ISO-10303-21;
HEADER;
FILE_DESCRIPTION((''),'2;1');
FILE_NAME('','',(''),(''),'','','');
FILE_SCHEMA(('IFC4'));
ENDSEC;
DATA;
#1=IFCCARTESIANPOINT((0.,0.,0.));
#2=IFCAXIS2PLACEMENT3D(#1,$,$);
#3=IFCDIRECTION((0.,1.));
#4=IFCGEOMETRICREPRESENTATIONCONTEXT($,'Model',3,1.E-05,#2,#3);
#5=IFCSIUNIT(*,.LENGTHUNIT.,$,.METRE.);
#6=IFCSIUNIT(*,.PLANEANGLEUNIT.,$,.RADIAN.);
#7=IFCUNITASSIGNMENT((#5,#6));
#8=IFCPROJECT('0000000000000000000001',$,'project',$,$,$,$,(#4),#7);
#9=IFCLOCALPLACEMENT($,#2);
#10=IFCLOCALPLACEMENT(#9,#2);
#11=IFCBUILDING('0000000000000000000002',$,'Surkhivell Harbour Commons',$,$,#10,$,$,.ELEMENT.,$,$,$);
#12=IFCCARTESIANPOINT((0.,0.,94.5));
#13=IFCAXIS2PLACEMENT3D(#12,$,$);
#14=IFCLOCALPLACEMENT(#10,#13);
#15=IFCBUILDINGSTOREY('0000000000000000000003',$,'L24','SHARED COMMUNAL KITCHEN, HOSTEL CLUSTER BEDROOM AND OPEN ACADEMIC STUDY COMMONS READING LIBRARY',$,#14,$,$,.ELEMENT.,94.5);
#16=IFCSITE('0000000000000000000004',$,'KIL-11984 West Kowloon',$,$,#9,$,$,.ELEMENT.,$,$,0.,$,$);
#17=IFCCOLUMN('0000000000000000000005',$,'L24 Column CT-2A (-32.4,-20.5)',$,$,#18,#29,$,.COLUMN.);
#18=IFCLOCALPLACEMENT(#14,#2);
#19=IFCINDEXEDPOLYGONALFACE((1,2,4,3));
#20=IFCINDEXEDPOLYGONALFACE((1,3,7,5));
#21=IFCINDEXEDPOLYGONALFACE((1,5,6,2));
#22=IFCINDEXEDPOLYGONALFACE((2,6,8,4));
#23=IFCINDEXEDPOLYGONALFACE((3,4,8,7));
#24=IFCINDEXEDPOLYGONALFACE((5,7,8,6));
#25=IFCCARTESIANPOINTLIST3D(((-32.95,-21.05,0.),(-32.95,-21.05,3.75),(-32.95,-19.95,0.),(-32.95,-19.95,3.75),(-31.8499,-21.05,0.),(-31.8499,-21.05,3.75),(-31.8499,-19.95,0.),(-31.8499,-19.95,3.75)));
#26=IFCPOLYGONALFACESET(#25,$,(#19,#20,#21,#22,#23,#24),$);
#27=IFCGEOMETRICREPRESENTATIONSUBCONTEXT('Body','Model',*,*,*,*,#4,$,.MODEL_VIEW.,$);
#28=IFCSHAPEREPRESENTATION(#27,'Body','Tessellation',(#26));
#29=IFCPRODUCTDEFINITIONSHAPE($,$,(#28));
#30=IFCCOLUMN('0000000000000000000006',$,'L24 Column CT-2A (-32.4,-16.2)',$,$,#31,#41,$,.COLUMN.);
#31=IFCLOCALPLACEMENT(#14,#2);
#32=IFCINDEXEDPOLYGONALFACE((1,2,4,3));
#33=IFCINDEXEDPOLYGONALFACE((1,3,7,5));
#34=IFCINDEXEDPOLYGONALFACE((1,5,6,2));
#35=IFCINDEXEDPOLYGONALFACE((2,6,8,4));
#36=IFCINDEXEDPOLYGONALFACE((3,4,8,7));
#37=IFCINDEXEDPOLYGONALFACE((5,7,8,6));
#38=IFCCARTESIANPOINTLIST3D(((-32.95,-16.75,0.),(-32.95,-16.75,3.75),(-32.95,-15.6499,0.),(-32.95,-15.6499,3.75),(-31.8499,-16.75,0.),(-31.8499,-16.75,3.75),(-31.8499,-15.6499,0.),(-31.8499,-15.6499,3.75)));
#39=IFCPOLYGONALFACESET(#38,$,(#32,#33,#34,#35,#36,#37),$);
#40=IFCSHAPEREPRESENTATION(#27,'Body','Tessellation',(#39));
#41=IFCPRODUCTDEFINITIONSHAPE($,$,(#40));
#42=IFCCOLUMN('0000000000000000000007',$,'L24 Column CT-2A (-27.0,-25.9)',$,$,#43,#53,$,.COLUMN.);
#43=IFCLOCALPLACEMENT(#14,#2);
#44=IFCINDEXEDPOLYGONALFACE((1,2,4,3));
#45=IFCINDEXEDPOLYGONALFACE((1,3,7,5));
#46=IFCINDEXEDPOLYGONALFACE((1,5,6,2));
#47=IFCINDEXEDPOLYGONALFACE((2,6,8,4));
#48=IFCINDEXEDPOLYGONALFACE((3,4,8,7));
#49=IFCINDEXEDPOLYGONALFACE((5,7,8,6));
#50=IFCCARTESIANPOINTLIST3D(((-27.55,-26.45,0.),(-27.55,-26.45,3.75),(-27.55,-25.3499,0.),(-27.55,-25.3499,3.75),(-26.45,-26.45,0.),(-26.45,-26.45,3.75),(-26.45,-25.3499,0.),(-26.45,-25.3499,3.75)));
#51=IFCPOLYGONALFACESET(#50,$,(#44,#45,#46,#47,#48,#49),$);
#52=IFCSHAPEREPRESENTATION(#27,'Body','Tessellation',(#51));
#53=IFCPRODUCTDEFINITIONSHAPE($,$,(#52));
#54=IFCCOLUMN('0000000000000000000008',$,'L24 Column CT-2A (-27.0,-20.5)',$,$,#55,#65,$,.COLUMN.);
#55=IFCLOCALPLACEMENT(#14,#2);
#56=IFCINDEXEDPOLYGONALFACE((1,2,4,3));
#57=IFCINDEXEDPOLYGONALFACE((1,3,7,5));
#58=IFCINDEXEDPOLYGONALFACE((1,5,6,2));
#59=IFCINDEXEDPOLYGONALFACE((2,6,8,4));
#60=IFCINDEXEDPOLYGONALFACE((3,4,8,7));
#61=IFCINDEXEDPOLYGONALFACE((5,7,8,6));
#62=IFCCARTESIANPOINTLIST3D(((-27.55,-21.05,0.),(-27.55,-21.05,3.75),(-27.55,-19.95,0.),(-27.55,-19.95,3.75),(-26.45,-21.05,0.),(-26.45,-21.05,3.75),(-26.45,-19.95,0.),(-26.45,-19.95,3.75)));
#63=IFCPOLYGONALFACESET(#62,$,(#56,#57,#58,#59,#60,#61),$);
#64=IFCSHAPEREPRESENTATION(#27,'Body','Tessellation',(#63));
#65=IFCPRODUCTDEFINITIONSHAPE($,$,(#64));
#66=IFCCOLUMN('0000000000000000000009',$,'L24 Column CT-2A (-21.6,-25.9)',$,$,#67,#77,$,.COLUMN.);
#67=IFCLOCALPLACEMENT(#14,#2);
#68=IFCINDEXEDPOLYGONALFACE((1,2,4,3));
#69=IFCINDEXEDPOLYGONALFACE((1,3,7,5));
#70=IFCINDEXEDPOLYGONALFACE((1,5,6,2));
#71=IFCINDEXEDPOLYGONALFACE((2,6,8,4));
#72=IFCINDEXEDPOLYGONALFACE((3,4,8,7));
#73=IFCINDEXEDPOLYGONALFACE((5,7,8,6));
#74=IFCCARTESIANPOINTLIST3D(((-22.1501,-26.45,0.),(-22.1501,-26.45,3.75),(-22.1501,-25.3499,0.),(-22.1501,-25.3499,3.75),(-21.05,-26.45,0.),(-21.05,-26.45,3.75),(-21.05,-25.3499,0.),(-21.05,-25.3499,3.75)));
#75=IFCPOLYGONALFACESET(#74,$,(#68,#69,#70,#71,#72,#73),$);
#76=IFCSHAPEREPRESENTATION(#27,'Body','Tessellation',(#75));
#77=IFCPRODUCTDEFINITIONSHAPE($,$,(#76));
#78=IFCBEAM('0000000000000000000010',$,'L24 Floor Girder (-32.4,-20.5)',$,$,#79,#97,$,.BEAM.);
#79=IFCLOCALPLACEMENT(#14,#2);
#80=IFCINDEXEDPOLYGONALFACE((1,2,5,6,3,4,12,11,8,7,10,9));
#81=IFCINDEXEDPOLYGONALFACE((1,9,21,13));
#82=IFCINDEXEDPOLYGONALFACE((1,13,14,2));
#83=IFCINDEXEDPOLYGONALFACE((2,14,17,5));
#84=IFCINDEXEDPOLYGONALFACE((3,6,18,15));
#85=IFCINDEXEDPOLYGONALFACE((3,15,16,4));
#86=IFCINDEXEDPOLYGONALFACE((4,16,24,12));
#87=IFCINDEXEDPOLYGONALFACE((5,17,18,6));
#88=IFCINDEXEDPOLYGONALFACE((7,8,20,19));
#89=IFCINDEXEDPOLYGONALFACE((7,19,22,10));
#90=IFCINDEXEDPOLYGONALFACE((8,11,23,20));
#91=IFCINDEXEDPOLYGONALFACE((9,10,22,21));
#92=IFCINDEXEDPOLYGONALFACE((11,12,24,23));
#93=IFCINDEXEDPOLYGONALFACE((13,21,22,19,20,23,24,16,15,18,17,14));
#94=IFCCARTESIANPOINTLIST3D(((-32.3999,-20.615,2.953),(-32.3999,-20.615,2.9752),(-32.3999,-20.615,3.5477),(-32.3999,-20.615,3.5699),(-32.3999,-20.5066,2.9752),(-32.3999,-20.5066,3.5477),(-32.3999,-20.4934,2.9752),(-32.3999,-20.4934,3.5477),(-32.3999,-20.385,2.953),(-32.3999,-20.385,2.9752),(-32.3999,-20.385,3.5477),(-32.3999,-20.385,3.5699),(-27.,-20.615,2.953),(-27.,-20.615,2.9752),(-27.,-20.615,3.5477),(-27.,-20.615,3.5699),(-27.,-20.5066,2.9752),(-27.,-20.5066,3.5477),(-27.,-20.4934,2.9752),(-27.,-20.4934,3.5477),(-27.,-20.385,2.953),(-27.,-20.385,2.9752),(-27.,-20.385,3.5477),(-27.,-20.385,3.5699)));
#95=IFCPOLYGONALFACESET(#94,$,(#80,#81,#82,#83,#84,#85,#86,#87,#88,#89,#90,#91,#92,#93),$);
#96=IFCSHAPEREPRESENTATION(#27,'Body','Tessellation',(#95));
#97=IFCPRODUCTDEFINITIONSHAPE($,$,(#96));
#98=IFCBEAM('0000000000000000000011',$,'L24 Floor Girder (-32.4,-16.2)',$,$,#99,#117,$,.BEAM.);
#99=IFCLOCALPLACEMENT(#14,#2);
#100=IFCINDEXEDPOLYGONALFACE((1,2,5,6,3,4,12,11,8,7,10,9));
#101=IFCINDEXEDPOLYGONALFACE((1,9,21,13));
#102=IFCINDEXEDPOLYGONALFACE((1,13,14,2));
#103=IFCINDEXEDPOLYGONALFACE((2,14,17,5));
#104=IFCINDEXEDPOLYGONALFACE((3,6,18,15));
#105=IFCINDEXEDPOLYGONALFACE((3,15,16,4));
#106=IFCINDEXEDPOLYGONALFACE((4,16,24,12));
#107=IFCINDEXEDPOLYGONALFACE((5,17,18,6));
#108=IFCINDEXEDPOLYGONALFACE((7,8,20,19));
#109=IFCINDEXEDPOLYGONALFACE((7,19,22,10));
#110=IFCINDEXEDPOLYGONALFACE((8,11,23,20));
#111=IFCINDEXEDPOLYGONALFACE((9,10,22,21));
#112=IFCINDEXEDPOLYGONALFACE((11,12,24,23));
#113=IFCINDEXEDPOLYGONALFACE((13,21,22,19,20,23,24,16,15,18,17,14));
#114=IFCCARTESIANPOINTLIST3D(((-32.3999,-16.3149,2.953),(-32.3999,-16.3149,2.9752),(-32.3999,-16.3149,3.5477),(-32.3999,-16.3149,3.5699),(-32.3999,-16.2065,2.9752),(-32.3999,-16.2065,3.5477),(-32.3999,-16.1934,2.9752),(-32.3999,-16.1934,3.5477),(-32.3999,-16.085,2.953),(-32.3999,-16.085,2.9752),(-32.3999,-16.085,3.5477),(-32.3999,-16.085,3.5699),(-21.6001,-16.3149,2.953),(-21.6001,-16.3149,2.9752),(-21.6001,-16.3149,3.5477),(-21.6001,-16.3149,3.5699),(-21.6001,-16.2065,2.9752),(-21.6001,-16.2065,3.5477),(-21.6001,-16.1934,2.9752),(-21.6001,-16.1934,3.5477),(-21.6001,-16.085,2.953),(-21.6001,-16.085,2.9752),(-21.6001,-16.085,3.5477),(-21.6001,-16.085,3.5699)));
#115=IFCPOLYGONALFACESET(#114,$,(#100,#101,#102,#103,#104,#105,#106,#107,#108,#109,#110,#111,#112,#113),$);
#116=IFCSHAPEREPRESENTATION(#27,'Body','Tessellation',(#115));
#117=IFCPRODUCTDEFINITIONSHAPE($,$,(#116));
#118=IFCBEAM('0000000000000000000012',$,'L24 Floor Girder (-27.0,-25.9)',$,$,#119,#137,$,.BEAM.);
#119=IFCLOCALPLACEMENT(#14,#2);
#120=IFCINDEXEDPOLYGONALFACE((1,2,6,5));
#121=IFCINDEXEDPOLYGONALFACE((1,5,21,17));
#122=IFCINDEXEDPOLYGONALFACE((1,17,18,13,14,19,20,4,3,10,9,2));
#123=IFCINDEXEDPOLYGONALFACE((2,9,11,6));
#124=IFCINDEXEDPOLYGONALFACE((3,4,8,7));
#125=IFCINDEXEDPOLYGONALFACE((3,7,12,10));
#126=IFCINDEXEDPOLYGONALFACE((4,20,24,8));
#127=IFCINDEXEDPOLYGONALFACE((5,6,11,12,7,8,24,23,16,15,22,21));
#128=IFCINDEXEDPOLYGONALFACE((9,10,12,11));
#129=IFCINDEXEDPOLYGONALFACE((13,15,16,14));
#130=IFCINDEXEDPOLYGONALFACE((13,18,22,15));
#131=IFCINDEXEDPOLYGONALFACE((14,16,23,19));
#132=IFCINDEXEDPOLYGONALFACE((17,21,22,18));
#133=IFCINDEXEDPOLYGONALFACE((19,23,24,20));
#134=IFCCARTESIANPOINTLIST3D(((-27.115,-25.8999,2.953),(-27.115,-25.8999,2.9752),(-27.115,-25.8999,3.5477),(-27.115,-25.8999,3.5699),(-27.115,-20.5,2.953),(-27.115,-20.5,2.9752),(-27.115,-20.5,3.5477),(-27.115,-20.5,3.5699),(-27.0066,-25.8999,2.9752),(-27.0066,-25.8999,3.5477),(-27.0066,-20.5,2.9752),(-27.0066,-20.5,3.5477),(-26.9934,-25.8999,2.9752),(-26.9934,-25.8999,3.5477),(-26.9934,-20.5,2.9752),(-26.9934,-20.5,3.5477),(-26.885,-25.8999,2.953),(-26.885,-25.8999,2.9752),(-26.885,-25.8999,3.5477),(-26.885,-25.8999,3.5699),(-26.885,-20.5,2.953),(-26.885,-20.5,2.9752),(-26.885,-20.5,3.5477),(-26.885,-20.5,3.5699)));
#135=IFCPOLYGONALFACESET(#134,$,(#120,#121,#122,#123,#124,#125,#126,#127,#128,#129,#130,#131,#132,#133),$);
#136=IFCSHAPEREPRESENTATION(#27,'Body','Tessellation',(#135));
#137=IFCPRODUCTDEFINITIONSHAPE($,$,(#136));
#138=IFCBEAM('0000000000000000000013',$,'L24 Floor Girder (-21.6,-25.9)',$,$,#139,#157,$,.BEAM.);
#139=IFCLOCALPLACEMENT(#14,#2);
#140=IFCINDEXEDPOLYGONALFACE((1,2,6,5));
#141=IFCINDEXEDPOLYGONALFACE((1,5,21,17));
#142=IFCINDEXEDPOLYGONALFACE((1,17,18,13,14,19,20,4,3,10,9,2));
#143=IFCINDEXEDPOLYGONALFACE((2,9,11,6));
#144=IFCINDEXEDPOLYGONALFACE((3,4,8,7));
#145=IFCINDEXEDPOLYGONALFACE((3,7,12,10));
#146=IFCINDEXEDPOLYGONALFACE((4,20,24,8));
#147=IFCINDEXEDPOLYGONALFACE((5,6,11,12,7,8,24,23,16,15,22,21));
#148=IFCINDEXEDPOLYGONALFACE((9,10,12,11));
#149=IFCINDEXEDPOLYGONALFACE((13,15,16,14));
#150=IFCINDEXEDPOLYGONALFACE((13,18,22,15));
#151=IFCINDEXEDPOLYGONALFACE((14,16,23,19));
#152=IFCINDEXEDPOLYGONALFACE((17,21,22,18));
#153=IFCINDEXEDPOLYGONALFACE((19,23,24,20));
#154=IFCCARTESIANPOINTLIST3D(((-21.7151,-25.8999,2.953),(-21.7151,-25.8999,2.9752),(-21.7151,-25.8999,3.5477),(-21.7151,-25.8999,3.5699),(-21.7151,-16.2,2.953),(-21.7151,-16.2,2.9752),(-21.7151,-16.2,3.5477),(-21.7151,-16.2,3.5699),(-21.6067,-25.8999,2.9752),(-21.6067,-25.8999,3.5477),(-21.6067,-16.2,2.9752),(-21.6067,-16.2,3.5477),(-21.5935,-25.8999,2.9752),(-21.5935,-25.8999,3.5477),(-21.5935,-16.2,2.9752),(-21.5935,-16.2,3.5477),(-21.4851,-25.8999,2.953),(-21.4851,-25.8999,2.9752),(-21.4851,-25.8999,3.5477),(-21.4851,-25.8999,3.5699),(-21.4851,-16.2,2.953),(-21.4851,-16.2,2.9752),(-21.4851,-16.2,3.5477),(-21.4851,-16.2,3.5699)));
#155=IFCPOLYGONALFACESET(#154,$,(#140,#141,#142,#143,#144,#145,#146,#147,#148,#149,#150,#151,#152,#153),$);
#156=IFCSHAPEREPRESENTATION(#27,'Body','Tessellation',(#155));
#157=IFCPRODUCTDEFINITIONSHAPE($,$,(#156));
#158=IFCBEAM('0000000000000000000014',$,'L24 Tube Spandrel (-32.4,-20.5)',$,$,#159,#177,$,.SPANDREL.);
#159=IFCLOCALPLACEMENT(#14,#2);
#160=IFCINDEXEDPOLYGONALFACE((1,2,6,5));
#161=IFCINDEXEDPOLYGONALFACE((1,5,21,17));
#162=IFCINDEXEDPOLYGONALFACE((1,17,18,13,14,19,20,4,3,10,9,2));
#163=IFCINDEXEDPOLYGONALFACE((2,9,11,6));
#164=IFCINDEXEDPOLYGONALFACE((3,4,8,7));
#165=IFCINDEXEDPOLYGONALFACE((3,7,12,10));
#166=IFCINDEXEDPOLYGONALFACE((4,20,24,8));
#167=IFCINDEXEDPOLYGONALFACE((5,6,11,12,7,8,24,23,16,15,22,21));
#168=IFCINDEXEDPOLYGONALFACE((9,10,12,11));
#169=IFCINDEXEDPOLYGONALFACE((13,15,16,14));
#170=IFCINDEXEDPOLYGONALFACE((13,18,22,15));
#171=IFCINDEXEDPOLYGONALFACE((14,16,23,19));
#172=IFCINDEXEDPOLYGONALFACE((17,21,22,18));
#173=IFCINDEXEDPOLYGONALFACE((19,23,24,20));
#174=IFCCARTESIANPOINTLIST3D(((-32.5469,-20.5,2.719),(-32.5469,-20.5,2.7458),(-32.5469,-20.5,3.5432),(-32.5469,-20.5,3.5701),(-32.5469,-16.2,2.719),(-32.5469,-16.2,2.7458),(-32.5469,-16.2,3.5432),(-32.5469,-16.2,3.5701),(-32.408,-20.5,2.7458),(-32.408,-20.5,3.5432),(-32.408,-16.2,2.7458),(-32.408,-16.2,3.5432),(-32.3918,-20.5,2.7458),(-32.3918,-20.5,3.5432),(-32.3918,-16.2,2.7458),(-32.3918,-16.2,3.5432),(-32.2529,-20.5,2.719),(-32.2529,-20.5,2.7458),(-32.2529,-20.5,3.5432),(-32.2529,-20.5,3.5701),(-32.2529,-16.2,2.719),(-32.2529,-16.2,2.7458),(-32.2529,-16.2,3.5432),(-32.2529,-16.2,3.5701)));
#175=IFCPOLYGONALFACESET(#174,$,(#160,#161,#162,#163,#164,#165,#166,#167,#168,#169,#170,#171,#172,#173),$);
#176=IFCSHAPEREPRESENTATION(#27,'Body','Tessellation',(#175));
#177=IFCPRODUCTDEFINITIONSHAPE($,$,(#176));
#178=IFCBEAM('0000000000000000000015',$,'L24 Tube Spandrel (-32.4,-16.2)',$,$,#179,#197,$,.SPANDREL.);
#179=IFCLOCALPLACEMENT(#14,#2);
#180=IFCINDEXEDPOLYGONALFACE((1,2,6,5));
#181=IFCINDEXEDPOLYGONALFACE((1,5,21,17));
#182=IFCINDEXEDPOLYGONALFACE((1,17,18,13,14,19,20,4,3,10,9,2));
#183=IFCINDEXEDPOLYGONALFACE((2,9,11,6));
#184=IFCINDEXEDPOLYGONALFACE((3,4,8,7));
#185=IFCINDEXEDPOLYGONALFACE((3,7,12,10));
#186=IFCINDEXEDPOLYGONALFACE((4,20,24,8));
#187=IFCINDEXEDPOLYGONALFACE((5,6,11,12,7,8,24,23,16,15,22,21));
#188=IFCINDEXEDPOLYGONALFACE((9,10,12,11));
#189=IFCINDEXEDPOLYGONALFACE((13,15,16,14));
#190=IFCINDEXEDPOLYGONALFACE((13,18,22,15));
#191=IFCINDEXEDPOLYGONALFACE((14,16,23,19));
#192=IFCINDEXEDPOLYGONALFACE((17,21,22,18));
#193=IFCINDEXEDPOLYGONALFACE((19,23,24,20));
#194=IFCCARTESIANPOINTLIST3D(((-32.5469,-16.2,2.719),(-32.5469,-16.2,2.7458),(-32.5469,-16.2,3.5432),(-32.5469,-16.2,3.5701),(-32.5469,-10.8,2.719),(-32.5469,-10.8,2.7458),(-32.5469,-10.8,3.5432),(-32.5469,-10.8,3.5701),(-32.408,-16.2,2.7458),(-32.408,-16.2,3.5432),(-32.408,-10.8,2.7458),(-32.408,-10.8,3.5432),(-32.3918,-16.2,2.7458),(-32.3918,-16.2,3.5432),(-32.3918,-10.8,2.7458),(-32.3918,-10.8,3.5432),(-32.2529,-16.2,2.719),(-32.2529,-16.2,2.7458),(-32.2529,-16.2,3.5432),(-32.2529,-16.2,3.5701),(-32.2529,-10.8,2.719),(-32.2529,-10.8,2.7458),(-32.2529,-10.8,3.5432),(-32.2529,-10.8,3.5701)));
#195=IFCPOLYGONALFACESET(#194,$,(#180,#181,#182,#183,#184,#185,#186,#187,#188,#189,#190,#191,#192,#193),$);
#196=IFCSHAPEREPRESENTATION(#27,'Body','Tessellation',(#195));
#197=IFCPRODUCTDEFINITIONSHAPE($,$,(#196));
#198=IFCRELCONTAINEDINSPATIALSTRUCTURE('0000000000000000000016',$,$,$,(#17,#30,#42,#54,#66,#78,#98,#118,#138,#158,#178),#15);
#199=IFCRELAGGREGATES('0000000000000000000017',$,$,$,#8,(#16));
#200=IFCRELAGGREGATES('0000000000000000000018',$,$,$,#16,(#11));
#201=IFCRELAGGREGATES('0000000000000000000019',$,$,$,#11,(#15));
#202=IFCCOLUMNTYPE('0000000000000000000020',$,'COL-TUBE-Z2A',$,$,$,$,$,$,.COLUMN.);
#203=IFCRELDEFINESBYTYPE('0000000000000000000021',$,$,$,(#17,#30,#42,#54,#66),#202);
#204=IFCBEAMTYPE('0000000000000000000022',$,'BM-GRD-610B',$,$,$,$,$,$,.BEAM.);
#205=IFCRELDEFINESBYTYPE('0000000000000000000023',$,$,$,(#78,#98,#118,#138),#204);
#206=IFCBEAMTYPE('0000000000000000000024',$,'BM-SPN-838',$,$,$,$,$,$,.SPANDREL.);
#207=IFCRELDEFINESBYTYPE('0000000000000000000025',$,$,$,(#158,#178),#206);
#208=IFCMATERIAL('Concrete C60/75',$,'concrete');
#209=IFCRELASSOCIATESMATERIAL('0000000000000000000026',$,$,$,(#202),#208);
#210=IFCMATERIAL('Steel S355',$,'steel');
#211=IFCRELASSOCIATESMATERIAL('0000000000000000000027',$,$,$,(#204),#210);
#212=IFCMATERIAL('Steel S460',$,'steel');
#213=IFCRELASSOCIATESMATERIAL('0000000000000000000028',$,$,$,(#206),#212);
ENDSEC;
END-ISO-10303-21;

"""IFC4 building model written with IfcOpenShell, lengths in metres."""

from ifc_helpers import new_model, si_unit, direction, frame, origin, origin_2d, place, context, subcontext, project, spatial, rectangle, i_section, extrude, material, material_profile, profile_set, type_object, element, save


model = new_model("IFC4")

# Units and contexts
model_context = context("Model", 3, precision=1e-05, world=origin(), true_north=direction((0.0, 1.0)))
body_context = subcontext(model_context, "Body", "Model", "MODEL_VIEW")
ifc_project = project(units=[si_unit("LENGTHUNIT", "METRE"), si_unit("PLANEANGLEUNIT", "RADIAN")], contexts=[model_context])

# Site, building, storey
site_placement = place(None, origin())
site = spatial("IfcSite", under=ifc_project, at=site_placement, Name="KIL-11984 West Kowloon", CompositionType="ELEMENT", RefElevation=0.0)
building_placement = place(site_placement, origin())
building = spatial("IfcBuilding", under=site, at=building_placement, Name="Surkhivell Harbour Commons", CompositionType="ELEMENT")
storey_placement = place(building_placement, frame((0.0, 0.0, 94.5)))
storey = spatial("IfcBuildingStorey", under=building, at=storey_placement, Name="L24", Description="SHARED COMMUNAL KITCHEN, HOSTEL CLUSTER BEDROOM AND OPEN ACADEMIC STUDY COMMONS READING LIBRARY", CompositionType="ELEMENT", Elevation=94.5)

# Columns
ifc_material_1 = material(Name="Concrete C60/75", Category="concrete")
ifc_material_profile_1 = material_profile(ifc_material_1, rectangle(XDim=1.1001, YDim=1.1001, at=origin_2d()), Name="RC-COL-1100x1100")
ifc_profile_set_1 = profile_set([ifc_material_profile_1], Name="Concrete C60/75")
column_type = type_object("IfcColumnType", Name="COL-TUBE-Z2A", PredefinedType="COLUMN", material=ifc_profile_set_1)
for number, where, z_axis, x_axis, name in (
    (1, (-32.3999, -20.5, 0.0), (0.0, 0.0, 1.0), (1.0, 0.0, 0.0), "L24 Column CT-2A (-32.4,-20.5)"),
    (2, (-32.3999, -16.2, 0.0), (0.0, 0.0, 1.0), (1.0, 0.0, 0.0), "L24 Column CT-2A (-32.4,-16.2)"),
    (3, (-27.0, -25.8999, 0.0), (0.0, 0.0, 1.0), (1.0, 0.0, 0.0), "L24 Column CT-2A (-27.0,-25.9)"),
    (4, (-27.0, -20.5, 0.0), (0.0, 0.0, 1.0), (1.0, 0.0, 0.0), "L24 Column CT-2A (-27.0,-20.5)"),
    (5, (-21.6001, -25.8999, 0.0), (0.0, 0.0, 1.0), (1.0, 0.0, 0.0), "L24 Column CT-2A (-21.6,-25.9)"),
):
    element("IfcColumn", number, at=place(storey_placement, frame(where, z_axis=z_axis, x_axis=x_axis)), inside=storey, type_object=column_type, Name=name, PredefinedType="COLUMN", context=body_context, shape_type="SweptSolid", body=[
        extrude(rectangle(XDim=1.1001, YDim=1.1001, at=origin_2d()), origin(), (0.0, 0.0, 1.0), 3.75),
    ])

# Beams
ifc_material_2 = material(Name="Steel S355", Category="steel")
ifc_material_profile_2 = material_profile(ifc_material_2, i_section(OverallWidth=0.23, OverallDepth=0.6169, WebThickness=0.0132, FlangeThickness=0.0222, at=origin_2d()), Name="UB610x229x140")
ifc_profile_set_2 = profile_set([ifc_material_profile_2], Name="Steel S355")
beam_type_1 = type_object("IfcBeamType", Name="BM-GRD-610B", PredefinedType="BEAM", material=ifc_profile_set_2)
beam_1_placement = place(storey_placement, frame((-32.3999, -20.5, 3.2615), z_axis=(1.0, 0.0, 0.0), x_axis=(0.0, 1.0, 0.0)))
element("IfcBeam", 6, at=beam_1_placement, inside=storey, type_object=beam_type_1, Name="L24 Floor Girder (-32.4,-20.5)", PredefinedType="BEAM", context=body_context, shape_type="SweptSolid", body=[
    extrude(i_section(OverallWidth=0.23, OverallDepth=0.6169, WebThickness=0.0132, FlangeThickness=0.0222, at=origin_2d()), origin(), (0.0, 0.0, 1.0), 5.3999),
])
beam_2_placement = place(storey_placement, frame((-32.3999, -16.2, 3.2615), z_axis=(1.0, 0.0, 0.0), x_axis=(0.0, 1.0, 0.0)))
element("IfcBeam", 7, at=beam_2_placement, inside=storey, type_object=beam_type_1, Name="L24 Floor Girder (-32.4,-16.2)", PredefinedType="BEAM", context=body_context, shape_type="SweptSolid", body=[
    extrude(i_section(OverallWidth=0.23, OverallDepth=0.6169, WebThickness=0.0132, FlangeThickness=0.0222, at=origin_2d()), origin(), (0.0, 0.0, 1.0), 10.7998),
])
beam_3_placement = place(storey_placement, frame((-27.0, -25.8999, 3.2615), z_axis=(0.0, 1.0, 0.0), x_axis=(-1.0, 0.0, 0.0)))
element("IfcBeam", 8, at=beam_3_placement, inside=storey, type_object=beam_type_1, Name="L24 Floor Girder (-27.0,-25.9)", PredefinedType="BEAM", context=body_context, shape_type="SweptSolid", body=[
    extrude(i_section(OverallWidth=0.23, OverallDepth=0.6169, WebThickness=0.0132, FlangeThickness=0.0222, at=origin_2d()), origin(), (0.0, 0.0, 1.0), 5.3999),
])
beam_4_placement = place(storey_placement, frame((-21.6001, -25.8999, 3.2615), z_axis=(0.0, 1.0, 0.0), x_axis=(-1.0, 0.0, 0.0)))
element("IfcBeam", 9, at=beam_4_placement, inside=storey, type_object=beam_type_1, Name="L24 Floor Girder (-21.6,-25.9)", PredefinedType="BEAM", context=body_context, shape_type="SweptSolid", body=[
    extrude(i_section(OverallWidth=0.23, OverallDepth=0.6169, WebThickness=0.0132, FlangeThickness=0.0222, at=origin_2d()), origin(), (0.0, 0.0, 1.0), 9.7),
])
ifc_material_3 = material(Name="Steel S460", Category="steel")
ifc_material_profile_3 = material_profile(ifc_material_3, i_section(OverallWidth=0.2939, OverallDepth=0.8511, WebThickness=0.0161, FlangeThickness=0.0269, at=origin_2d()), Name="UB838x292x226")
ifc_profile_set_3 = profile_set([ifc_material_profile_3], Name="Steel S460")
beam_type_2 = type_object("IfcBeamType", Name="BM-SPN-838", PredefinedType="SPANDREL", material=ifc_profile_set_3)
beam_5_placement = place(storey_placement, frame((-32.3999, -20.5, 3.1445), z_axis=(0.0, 1.0, 0.0), x_axis=(-1.0, 0.0, 0.0)))
element("IfcBeam", 10, at=beam_5_placement, inside=storey, type_object=beam_type_2, Name="L24 Tube Spandrel (-32.4,-20.5)", PredefinedType="SPANDREL", context=body_context, shape_type="SweptSolid", body=[
    extrude(i_section(OverallWidth=0.2939, OverallDepth=0.8511, WebThickness=0.0161, FlangeThickness=0.0269, at=origin_2d()), origin(), (0.0, 0.0, 1.0), 4.3),
])
for number, where, z_axis, x_axis, name in (
    (11, (-32.3999, -16.2, 3.1445), (0.0, 1.0, 0.0), (-1.0, 0.0, 0.0), "L24 Tube Spandrel (-32.4,-16.2)"),
):
    element("IfcBeam", number, at=place(storey_placement, frame(where, z_axis=z_axis, x_axis=x_axis)), inside=storey, type_object=beam_type_2, Name=name, PredefinedType="SPANDREL", context=body_context, shape_type="SweptSolid", body=[
        extrude(i_section(OverallWidth=0.2939, OverallDepth=0.8511, WebThickness=0.0161, FlangeThickness=0.0269, at=origin_2d()), origin(), (0.0, 0.0, 1.0), 5.3999),
    ])

save(model, "model.ifc")
